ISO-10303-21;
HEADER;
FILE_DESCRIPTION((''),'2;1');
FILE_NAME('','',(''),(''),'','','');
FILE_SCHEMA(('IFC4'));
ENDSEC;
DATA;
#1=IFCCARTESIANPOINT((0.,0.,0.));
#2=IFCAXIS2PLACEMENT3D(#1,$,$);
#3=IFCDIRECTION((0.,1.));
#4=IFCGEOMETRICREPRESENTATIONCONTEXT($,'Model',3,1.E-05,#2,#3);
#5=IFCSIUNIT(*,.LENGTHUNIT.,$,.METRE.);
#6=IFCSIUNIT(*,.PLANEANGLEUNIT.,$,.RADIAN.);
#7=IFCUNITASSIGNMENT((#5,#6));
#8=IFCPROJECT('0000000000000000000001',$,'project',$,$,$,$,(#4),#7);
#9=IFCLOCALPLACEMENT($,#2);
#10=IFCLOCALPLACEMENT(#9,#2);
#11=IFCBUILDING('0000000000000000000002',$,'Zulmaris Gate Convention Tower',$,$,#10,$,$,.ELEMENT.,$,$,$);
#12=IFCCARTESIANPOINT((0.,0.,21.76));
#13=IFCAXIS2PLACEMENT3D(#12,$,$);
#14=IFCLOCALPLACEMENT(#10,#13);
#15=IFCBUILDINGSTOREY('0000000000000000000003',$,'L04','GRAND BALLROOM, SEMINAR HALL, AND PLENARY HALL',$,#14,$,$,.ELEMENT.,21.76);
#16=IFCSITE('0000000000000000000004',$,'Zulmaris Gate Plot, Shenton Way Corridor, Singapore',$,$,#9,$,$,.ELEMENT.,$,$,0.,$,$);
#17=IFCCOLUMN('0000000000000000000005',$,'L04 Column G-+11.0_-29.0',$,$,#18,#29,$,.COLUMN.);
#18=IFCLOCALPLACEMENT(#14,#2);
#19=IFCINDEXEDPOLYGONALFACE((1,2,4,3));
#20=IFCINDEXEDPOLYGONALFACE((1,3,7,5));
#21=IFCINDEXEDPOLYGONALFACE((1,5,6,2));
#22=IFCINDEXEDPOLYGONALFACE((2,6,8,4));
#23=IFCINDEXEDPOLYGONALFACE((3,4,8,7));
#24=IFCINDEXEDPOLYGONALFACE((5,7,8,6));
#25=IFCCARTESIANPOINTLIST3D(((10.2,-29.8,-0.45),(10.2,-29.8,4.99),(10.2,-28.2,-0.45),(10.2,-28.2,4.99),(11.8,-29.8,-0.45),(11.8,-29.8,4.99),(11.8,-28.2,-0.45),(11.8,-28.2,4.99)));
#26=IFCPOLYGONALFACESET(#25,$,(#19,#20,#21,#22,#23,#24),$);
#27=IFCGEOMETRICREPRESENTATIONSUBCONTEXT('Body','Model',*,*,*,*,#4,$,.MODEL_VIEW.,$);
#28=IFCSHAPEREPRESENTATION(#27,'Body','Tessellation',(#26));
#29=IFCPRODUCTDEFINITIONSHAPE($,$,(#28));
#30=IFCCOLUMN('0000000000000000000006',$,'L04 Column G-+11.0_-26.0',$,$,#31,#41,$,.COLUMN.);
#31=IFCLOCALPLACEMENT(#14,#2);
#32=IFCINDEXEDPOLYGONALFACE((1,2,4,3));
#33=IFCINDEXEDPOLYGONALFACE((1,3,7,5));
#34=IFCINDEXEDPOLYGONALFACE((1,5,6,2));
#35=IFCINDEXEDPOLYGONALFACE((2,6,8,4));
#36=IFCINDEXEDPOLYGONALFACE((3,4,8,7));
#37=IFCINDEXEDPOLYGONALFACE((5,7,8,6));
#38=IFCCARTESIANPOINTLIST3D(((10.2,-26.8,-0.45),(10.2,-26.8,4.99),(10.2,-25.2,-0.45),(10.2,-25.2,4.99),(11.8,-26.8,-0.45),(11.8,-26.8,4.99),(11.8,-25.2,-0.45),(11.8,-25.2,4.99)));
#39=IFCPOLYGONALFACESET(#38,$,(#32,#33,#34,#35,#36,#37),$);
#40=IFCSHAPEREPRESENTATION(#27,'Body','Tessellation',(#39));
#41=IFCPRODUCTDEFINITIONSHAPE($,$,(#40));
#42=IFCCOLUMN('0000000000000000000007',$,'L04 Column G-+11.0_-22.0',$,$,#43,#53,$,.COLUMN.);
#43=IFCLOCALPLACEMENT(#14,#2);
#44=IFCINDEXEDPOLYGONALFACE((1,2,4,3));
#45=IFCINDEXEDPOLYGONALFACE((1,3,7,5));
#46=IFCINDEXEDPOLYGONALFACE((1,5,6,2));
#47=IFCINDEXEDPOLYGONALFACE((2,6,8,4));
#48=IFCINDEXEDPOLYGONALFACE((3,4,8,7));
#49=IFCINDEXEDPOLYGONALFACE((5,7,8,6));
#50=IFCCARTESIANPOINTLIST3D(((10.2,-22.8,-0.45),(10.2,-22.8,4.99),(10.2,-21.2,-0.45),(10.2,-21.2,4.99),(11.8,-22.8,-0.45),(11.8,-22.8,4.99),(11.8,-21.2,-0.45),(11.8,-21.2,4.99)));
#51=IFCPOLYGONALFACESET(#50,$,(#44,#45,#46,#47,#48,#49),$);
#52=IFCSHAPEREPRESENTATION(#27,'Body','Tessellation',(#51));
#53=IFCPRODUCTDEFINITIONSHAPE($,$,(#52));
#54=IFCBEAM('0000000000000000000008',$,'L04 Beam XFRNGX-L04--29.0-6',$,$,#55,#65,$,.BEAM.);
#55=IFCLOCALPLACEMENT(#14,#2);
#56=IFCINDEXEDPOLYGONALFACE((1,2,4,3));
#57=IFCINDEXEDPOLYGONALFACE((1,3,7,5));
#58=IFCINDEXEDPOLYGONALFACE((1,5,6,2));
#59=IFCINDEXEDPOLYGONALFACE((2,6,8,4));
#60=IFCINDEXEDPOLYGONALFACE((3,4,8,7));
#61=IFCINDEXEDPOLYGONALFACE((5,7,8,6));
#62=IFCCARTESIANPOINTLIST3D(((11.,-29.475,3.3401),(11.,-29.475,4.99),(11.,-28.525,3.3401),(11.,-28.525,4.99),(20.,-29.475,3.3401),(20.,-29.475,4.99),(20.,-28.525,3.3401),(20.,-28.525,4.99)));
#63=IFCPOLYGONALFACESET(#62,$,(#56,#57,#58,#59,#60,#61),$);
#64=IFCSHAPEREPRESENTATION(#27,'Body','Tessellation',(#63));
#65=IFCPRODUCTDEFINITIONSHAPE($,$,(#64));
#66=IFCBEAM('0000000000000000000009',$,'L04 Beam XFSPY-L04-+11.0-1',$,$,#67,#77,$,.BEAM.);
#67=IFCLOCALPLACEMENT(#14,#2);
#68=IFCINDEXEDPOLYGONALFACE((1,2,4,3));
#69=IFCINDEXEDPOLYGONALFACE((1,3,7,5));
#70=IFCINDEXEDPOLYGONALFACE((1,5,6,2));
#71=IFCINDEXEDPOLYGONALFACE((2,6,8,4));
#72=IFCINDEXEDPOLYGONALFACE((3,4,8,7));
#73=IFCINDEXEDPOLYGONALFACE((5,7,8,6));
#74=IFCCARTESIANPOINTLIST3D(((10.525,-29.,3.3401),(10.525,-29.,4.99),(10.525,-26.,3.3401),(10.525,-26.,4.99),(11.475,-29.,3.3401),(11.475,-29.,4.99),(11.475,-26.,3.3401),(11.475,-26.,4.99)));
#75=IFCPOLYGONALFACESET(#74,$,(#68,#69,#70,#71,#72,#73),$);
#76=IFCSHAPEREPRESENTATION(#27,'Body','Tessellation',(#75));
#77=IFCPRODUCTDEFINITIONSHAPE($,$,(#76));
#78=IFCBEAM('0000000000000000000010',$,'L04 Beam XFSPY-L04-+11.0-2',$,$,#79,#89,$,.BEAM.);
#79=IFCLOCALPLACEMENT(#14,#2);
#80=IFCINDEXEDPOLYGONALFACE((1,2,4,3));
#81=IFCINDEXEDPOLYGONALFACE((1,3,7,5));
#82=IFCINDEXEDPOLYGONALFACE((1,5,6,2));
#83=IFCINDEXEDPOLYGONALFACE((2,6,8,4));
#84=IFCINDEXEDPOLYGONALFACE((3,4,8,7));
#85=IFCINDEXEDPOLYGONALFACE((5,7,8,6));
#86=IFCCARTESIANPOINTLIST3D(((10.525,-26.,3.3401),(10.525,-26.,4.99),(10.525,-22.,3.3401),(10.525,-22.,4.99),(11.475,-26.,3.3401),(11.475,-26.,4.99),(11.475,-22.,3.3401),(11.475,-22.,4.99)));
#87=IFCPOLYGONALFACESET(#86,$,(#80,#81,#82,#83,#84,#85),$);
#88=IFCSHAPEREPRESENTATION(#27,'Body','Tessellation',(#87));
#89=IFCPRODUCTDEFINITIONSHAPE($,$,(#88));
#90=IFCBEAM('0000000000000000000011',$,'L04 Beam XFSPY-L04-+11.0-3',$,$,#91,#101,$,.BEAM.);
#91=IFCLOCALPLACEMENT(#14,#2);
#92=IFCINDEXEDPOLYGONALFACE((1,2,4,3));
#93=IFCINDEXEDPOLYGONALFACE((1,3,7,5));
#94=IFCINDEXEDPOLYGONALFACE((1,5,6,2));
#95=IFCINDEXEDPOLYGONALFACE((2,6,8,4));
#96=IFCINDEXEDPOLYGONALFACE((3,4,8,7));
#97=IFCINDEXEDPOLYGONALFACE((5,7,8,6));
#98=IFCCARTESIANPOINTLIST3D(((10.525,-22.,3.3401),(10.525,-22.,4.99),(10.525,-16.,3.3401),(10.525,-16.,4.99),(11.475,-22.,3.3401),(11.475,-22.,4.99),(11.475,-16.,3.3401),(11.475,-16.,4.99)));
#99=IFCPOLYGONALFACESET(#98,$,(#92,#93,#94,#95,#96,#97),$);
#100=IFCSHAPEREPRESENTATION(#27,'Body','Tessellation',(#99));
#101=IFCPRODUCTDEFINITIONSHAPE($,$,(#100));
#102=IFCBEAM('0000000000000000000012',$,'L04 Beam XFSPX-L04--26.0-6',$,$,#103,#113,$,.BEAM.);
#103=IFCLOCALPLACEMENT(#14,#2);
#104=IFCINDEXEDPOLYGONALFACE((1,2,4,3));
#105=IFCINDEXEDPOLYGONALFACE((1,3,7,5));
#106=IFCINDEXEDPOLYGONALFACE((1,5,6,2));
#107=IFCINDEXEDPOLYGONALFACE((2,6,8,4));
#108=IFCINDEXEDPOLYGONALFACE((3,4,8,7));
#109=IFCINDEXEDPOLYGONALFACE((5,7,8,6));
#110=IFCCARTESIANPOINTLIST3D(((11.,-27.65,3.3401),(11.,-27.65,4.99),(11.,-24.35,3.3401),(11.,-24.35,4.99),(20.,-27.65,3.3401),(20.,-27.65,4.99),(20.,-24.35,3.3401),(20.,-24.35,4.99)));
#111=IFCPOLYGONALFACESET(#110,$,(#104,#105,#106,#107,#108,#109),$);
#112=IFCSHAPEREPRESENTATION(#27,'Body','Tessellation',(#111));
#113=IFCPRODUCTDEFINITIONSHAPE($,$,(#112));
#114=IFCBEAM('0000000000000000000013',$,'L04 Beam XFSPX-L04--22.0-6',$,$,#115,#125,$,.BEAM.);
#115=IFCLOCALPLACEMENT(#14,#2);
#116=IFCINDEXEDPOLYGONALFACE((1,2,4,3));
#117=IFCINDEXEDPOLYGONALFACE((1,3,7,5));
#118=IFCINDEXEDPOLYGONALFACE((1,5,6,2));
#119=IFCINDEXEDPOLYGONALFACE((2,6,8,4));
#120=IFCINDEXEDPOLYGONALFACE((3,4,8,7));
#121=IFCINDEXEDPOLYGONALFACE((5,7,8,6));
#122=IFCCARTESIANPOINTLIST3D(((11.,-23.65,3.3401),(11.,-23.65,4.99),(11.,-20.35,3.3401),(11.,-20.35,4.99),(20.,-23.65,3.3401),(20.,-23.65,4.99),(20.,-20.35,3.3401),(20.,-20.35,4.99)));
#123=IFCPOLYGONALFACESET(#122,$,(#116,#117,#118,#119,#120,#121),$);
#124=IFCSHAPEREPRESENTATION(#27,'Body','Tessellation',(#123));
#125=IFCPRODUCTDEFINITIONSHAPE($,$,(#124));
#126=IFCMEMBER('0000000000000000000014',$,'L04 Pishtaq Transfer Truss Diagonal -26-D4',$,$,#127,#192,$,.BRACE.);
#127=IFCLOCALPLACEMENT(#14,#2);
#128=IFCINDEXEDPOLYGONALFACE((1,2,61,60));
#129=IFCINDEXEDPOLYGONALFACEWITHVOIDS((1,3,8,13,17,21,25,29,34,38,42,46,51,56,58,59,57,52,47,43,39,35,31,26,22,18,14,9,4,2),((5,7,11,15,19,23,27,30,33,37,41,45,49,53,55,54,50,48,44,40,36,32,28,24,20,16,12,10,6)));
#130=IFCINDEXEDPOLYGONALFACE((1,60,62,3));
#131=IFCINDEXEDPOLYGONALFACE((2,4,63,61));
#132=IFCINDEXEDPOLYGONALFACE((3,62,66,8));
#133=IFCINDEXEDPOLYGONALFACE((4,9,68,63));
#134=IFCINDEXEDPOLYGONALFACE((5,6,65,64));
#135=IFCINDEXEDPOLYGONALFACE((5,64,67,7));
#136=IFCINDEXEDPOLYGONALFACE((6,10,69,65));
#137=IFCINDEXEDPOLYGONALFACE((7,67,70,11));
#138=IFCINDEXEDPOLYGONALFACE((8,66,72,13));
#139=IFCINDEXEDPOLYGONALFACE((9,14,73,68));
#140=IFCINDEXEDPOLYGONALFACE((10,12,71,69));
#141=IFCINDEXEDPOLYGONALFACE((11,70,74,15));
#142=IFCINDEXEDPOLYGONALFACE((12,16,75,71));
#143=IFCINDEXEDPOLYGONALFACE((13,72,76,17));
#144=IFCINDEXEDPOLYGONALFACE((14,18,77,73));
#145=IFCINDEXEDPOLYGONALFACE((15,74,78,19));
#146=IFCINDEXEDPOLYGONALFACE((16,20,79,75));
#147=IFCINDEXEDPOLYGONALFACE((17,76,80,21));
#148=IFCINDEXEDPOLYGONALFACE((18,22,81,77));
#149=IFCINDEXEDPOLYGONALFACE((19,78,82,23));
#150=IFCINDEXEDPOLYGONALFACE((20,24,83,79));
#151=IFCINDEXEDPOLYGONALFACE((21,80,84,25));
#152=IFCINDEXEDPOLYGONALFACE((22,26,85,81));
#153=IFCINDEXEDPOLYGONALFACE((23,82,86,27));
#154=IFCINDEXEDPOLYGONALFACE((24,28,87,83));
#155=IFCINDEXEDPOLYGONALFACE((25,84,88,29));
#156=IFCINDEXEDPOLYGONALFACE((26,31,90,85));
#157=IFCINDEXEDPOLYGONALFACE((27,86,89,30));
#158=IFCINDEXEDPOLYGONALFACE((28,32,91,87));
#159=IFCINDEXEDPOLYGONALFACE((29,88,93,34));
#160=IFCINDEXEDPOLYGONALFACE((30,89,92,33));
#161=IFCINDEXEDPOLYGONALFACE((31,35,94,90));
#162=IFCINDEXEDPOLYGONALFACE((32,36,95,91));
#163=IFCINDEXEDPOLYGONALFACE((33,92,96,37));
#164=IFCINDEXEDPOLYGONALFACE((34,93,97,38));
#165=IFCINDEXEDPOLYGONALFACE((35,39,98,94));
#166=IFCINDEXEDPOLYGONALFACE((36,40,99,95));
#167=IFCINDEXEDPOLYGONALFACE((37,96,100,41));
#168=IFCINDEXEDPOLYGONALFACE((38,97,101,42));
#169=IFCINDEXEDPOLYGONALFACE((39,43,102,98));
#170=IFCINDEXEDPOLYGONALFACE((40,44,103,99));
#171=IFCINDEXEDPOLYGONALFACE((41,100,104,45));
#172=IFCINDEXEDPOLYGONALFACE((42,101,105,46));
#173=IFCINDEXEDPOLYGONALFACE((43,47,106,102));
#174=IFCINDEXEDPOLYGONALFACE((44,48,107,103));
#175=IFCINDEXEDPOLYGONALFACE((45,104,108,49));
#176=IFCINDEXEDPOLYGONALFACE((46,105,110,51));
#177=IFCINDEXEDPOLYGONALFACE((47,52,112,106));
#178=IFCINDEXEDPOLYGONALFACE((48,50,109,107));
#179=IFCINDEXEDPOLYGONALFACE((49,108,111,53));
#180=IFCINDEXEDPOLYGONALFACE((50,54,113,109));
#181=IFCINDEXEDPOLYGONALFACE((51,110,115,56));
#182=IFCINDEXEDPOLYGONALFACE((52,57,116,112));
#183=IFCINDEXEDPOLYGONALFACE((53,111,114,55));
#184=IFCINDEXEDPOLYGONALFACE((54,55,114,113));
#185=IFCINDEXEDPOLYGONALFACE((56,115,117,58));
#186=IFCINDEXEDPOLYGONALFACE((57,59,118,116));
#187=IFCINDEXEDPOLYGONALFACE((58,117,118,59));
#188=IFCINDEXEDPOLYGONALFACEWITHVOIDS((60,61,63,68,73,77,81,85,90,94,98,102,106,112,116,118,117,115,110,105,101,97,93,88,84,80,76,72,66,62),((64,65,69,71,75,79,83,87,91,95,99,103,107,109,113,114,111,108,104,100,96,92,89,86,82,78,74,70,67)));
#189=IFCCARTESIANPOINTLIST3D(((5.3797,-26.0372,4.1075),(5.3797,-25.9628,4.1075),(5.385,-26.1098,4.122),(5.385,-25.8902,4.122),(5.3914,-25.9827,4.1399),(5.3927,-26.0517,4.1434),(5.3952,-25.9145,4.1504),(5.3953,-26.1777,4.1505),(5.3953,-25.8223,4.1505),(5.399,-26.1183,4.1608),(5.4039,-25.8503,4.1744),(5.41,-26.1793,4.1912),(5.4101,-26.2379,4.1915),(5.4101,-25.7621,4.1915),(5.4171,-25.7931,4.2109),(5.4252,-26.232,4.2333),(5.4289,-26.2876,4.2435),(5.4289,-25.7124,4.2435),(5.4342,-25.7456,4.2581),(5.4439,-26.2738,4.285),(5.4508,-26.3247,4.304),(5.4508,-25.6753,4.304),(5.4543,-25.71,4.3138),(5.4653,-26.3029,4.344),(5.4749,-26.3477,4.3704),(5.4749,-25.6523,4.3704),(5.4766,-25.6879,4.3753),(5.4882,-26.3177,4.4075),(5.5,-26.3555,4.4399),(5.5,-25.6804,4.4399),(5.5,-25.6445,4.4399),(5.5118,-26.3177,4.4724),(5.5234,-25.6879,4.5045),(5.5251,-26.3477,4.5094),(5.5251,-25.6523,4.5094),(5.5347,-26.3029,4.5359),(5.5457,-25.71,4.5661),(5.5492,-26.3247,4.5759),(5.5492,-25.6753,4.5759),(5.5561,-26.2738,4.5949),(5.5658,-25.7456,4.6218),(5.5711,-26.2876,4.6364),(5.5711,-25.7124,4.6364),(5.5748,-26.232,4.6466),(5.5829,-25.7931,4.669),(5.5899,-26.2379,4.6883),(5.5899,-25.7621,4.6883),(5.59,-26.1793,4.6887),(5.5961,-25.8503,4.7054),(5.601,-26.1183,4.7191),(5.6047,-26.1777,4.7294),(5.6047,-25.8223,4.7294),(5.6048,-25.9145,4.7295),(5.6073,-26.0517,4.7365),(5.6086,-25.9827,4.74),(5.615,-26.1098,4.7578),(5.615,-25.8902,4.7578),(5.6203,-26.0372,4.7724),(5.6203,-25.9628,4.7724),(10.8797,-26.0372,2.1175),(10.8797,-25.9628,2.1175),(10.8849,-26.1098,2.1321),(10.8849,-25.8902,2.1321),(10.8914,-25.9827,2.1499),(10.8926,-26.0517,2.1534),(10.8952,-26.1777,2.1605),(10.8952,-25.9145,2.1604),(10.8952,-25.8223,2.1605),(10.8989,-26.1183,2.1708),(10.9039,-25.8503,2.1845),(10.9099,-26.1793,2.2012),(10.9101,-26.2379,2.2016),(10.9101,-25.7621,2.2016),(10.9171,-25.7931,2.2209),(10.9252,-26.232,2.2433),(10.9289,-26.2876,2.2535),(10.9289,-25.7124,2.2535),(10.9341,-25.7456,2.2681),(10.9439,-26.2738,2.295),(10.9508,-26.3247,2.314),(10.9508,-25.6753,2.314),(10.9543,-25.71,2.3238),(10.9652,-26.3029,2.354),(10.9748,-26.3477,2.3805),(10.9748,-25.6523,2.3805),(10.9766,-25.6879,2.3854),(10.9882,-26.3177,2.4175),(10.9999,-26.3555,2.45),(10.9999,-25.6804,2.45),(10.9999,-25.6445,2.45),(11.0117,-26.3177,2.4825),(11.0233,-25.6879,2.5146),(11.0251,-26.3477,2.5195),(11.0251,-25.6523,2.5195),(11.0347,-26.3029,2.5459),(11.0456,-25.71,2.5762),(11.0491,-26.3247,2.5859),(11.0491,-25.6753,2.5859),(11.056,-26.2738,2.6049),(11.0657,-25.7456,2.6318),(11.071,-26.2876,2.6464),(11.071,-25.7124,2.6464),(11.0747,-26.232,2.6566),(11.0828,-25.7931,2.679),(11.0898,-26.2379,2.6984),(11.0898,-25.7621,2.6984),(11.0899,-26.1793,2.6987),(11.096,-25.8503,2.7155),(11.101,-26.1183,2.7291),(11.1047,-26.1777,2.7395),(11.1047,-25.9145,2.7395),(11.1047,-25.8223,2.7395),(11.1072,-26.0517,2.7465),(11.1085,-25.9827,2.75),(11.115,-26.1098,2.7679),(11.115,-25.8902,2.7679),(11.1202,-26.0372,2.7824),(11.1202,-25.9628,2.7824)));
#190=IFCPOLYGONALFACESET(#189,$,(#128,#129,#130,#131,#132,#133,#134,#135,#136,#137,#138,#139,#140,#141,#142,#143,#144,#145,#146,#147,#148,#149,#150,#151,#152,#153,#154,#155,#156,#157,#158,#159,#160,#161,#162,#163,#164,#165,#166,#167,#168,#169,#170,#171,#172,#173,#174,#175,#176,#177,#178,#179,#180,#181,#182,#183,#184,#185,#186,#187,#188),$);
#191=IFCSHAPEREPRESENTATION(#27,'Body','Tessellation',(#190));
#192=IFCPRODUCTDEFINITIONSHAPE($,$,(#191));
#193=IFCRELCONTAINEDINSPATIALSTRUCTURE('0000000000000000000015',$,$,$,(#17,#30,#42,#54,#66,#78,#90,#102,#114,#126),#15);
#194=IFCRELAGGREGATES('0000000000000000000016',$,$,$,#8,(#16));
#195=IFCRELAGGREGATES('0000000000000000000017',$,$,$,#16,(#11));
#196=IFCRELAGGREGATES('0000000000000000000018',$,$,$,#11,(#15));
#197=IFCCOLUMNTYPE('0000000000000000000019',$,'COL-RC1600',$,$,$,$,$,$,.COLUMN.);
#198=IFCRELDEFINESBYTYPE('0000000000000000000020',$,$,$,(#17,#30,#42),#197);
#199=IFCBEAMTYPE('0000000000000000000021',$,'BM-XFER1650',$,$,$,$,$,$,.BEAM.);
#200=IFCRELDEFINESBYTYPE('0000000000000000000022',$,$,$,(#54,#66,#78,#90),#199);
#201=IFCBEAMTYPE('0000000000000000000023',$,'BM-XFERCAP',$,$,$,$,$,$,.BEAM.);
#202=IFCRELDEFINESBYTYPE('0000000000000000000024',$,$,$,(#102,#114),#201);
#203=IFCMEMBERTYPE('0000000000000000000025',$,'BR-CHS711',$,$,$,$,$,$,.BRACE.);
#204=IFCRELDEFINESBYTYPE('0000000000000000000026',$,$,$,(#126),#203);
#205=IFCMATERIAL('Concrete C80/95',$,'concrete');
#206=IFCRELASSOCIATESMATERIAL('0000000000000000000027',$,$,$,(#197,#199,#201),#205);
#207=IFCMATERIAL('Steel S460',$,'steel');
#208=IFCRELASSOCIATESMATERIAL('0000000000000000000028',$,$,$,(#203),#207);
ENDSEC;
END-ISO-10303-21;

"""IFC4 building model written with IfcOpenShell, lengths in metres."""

from ifc_helpers import new_model, si_unit, direction, frame, origin, origin_2d, place, context, subcontext, project, spatial, rectangle, hollow_circle, extrude, material, material_profile, profile_set, type_object, element, save


model = new_model("IFC4")

# Units and contexts
model_context = context("Model", 3, precision=1e-05, world=origin(), true_north=direction((0.0, 1.0)))
body_context = subcontext(model_context, "Body", "Model", "MODEL_VIEW")
ifc_project = project(units=[si_unit("LENGTHUNIT", "METRE"), si_unit("PLANEANGLEUNIT", "RADIAN")], contexts=[model_context])

# Site, building, storey
site_placement = place(None, origin())
site = spatial("IfcSite", under=ifc_project, at=site_placement, Name="Zulmaris Gate Plot, Shenton Way Corridor, Singapore", CompositionType="ELEMENT", RefElevation=0.0)
building_placement = place(site_placement, origin())
building = spatial("IfcBuilding", under=site, at=building_placement, Name="Zulmaris Gate Convention Tower", CompositionType="ELEMENT")
storey_placement = place(building_placement, frame((0.0, 0.0, 21.76)))
storey = spatial("IfcBuildingStorey", under=building, at=storey_placement, Name="L04", Description="GRAND BALLROOM, SEMINAR HALL, AND PLENARY HALL", CompositionType="ELEMENT", Elevation=21.76)

# Columns
ifc_material_1 = material(Name="Concrete C80/95", Category="concrete")
ifc_material_profile_1 = material_profile(ifc_material_1, rectangle(XDim=1.6001, YDim=1.6001, at=origin_2d()), Name="RC COL 1600x1600")
ifc_profile_set_1 = profile_set([ifc_material_profile_1], Name="Concrete C80/95")
column_type = type_object("IfcColumnType", Name="COL-RC1600", PredefinedType="COLUMN", material=ifc_profile_set_1)
for number, where, z_axis, x_axis, name in (
    (1, (11.0, -29.0, -0.45), (0.0, 0.0, 1.0), (1.0, 0.0, 0.0), "L04 Column G-+11.0_-29.0"),
    (2, (11.0, -26.0, -0.45), (0.0, 0.0, 1.0), (1.0, 0.0, 0.0), "L04 Column G-+11.0_-26.0"),
    (3, (11.0, -22.0, -0.45), (0.0, 0.0, 1.0), (1.0, 0.0, 0.0), "L04 Column G-+11.0_-22.0"),
):
    element("IfcColumn", number, at=place(storey_placement, frame(where, z_axis=z_axis, x_axis=x_axis)), inside=storey, type_object=column_type, Name=name, PredefinedType="COLUMN", context=body_context, shape_type="SweptSolid", body=[
        extrude(rectangle(XDim=1.6001, YDim=1.6001, at=origin_2d()), origin(), (0.0, 0.0, 1.0), 5.4399),
    ])

# Beams
ifc_material_profile_2 = material_profile(ifc_material_1, rectangle(XDim=0.95, YDim=1.6499, at=origin_2d()), Name="RC TRANSFER 950x1650")
ifc_profile_set_2 = profile_set([ifc_material_profile_2], Name="Concrete C80/95")
beam_type_1 = type_object("IfcBeamType", Name="BM-XFER1650", PredefinedType="BEAM", material=ifc_profile_set_2)
beam_1_placement = place(storey_placement, frame((11.0, -29.0, 4.165), z_axis=(1.0, 0.0, 0.0), x_axis=(0.0, 1.0, 0.0)))
element("IfcBeam", 4, at=beam_1_placement, inside=storey, type_object=beam_type_1, Name="L04 Beam XFRNGX-L04--29.0-6", PredefinedType="BEAM", context=body_context, shape_type="SweptSolid", body=[
    extrude(rectangle(XDim=0.95, YDim=1.6499, at=origin_2d()), origin(), (0.0, 0.0, 1.0), 9.0),
])
beam_2_placement = place(storey_placement, frame((11.0, -29.0, 4.165), z_axis=(0.0, 1.0, 0.0), x_axis=(-1.0, 0.0, 0.0)))
element("IfcBeam", 5, at=beam_2_placement, inside=storey, type_object=beam_type_1, Name="L04 Beam XFSPY-L04-+11.0-1", PredefinedType="BEAM", context=body_context, shape_type="SweptSolid", body=[
    extrude(rectangle(XDim=0.95, YDim=1.6499, at=origin_2d()), origin(), (0.0, 0.0, 1.0), 3.0),
])
beam_3_placement = place(storey_placement, frame((11.0, -26.0, 4.165), z_axis=(0.0, 1.0, 0.0), x_axis=(-1.0, 0.0, 0.0)))
element("IfcBeam", 6, at=beam_3_placement, inside=storey, type_object=beam_type_1, Name="L04 Beam XFSPY-L04-+11.0-2", PredefinedType="BEAM", context=body_context, shape_type="SweptSolid", body=[
    extrude(rectangle(XDim=0.95, YDim=1.6499, at=origin_2d()), origin(), (0.0, 0.0, 1.0), 4.0),
])
beam_4_placement = place(storey_placement, frame((11.0, -22.0, 4.165), z_axis=(0.0, 1.0, 0.0), x_axis=(-1.0, 0.0, 0.0)))
element("IfcBeam", 7, at=beam_4_placement, inside=storey, type_object=beam_type_1, Name="L04 Beam XFSPY-L04-+11.0-3", PredefinedType="BEAM", context=body_context, shape_type="SweptSolid", body=[
    extrude(rectangle(XDim=0.95, YDim=1.6499, at=origin_2d()), origin(), (0.0, 0.0, 1.0), 6.0),
])
ifc_material_profile_3 = material_profile(ifc_material_1, rectangle(XDim=3.3, YDim=1.6499, at=origin_2d()), Name="RC TRANSFER 3300x1650")
ifc_profile_set_3 = profile_set([ifc_material_profile_3], Name="Concrete C80/95")
beam_type_2 = type_object("IfcBeamType", Name="BM-XFERCAP", PredefinedType="BEAM", material=ifc_profile_set_3)
for number, where, z_axis, x_axis, name in (
    (8, (11.0, -26.0, 4.165), (1.0, 0.0, 0.0), (0.0, 1.0, 0.0), "L04 Beam XFSPX-L04--26.0-6"),
    (9, (11.0, -22.0, 4.165), (1.0, 0.0, 0.0), (0.0, 1.0, 0.0), "L04 Beam XFSPX-L04--22.0-6"),
):
    element("IfcBeam", number, at=place(storey_placement, frame(where, z_axis=z_axis, x_axis=x_axis)), inside=storey, type_object=beam_type_2, Name=name, PredefinedType="BEAM", context=body_context, shape_type="SweptSolid", body=[
        extrude(rectangle(XDim=3.3, YDim=1.6499, at=origin_2d()), origin(), (0.0, 0.0, 1.0), 9.0),
    ])

# Member
ifc_material_2 = material(Name="Steel S460", Category="steel")
ifc_material_profile_4 = material_profile(ifc_material_2, hollow_circle(Radius=0.3555, WallThickness=0.0359, at=origin_2d()), Name="CHS 711x36")
ifc_profile_set_4 = profile_set([ifc_material_profile_4], Name="Steel S460")
member_type = type_object("IfcMemberType", Name="BR-CHS711", PredefinedType="BRACE", material=ifc_profile_set_4)
for number, where, z_axis, x_axis, name in (
    (10, (5.5, -26.0, 4.4399), (0.940342, 0.0, -0.340231), (0.0, 1.0, 0.0), "L04 Pishtaq Transfer Truss Diagonal -26-D4"),
):
    element("IfcMember", number, at=place(storey_placement, frame(where, z_axis=z_axis, x_axis=x_axis)), inside=storey, type_object=member_type, Name=name, PredefinedType="BRACE", context=body_context, shape_type="SweptSolid", body=[
        extrude(hollow_circle(Radius=0.3555, WallThickness=0.0359, at=origin_2d()), origin(), (0.0, 0.0, 1.0), 5.8489),
    ])

save(model, "model.ifc")
